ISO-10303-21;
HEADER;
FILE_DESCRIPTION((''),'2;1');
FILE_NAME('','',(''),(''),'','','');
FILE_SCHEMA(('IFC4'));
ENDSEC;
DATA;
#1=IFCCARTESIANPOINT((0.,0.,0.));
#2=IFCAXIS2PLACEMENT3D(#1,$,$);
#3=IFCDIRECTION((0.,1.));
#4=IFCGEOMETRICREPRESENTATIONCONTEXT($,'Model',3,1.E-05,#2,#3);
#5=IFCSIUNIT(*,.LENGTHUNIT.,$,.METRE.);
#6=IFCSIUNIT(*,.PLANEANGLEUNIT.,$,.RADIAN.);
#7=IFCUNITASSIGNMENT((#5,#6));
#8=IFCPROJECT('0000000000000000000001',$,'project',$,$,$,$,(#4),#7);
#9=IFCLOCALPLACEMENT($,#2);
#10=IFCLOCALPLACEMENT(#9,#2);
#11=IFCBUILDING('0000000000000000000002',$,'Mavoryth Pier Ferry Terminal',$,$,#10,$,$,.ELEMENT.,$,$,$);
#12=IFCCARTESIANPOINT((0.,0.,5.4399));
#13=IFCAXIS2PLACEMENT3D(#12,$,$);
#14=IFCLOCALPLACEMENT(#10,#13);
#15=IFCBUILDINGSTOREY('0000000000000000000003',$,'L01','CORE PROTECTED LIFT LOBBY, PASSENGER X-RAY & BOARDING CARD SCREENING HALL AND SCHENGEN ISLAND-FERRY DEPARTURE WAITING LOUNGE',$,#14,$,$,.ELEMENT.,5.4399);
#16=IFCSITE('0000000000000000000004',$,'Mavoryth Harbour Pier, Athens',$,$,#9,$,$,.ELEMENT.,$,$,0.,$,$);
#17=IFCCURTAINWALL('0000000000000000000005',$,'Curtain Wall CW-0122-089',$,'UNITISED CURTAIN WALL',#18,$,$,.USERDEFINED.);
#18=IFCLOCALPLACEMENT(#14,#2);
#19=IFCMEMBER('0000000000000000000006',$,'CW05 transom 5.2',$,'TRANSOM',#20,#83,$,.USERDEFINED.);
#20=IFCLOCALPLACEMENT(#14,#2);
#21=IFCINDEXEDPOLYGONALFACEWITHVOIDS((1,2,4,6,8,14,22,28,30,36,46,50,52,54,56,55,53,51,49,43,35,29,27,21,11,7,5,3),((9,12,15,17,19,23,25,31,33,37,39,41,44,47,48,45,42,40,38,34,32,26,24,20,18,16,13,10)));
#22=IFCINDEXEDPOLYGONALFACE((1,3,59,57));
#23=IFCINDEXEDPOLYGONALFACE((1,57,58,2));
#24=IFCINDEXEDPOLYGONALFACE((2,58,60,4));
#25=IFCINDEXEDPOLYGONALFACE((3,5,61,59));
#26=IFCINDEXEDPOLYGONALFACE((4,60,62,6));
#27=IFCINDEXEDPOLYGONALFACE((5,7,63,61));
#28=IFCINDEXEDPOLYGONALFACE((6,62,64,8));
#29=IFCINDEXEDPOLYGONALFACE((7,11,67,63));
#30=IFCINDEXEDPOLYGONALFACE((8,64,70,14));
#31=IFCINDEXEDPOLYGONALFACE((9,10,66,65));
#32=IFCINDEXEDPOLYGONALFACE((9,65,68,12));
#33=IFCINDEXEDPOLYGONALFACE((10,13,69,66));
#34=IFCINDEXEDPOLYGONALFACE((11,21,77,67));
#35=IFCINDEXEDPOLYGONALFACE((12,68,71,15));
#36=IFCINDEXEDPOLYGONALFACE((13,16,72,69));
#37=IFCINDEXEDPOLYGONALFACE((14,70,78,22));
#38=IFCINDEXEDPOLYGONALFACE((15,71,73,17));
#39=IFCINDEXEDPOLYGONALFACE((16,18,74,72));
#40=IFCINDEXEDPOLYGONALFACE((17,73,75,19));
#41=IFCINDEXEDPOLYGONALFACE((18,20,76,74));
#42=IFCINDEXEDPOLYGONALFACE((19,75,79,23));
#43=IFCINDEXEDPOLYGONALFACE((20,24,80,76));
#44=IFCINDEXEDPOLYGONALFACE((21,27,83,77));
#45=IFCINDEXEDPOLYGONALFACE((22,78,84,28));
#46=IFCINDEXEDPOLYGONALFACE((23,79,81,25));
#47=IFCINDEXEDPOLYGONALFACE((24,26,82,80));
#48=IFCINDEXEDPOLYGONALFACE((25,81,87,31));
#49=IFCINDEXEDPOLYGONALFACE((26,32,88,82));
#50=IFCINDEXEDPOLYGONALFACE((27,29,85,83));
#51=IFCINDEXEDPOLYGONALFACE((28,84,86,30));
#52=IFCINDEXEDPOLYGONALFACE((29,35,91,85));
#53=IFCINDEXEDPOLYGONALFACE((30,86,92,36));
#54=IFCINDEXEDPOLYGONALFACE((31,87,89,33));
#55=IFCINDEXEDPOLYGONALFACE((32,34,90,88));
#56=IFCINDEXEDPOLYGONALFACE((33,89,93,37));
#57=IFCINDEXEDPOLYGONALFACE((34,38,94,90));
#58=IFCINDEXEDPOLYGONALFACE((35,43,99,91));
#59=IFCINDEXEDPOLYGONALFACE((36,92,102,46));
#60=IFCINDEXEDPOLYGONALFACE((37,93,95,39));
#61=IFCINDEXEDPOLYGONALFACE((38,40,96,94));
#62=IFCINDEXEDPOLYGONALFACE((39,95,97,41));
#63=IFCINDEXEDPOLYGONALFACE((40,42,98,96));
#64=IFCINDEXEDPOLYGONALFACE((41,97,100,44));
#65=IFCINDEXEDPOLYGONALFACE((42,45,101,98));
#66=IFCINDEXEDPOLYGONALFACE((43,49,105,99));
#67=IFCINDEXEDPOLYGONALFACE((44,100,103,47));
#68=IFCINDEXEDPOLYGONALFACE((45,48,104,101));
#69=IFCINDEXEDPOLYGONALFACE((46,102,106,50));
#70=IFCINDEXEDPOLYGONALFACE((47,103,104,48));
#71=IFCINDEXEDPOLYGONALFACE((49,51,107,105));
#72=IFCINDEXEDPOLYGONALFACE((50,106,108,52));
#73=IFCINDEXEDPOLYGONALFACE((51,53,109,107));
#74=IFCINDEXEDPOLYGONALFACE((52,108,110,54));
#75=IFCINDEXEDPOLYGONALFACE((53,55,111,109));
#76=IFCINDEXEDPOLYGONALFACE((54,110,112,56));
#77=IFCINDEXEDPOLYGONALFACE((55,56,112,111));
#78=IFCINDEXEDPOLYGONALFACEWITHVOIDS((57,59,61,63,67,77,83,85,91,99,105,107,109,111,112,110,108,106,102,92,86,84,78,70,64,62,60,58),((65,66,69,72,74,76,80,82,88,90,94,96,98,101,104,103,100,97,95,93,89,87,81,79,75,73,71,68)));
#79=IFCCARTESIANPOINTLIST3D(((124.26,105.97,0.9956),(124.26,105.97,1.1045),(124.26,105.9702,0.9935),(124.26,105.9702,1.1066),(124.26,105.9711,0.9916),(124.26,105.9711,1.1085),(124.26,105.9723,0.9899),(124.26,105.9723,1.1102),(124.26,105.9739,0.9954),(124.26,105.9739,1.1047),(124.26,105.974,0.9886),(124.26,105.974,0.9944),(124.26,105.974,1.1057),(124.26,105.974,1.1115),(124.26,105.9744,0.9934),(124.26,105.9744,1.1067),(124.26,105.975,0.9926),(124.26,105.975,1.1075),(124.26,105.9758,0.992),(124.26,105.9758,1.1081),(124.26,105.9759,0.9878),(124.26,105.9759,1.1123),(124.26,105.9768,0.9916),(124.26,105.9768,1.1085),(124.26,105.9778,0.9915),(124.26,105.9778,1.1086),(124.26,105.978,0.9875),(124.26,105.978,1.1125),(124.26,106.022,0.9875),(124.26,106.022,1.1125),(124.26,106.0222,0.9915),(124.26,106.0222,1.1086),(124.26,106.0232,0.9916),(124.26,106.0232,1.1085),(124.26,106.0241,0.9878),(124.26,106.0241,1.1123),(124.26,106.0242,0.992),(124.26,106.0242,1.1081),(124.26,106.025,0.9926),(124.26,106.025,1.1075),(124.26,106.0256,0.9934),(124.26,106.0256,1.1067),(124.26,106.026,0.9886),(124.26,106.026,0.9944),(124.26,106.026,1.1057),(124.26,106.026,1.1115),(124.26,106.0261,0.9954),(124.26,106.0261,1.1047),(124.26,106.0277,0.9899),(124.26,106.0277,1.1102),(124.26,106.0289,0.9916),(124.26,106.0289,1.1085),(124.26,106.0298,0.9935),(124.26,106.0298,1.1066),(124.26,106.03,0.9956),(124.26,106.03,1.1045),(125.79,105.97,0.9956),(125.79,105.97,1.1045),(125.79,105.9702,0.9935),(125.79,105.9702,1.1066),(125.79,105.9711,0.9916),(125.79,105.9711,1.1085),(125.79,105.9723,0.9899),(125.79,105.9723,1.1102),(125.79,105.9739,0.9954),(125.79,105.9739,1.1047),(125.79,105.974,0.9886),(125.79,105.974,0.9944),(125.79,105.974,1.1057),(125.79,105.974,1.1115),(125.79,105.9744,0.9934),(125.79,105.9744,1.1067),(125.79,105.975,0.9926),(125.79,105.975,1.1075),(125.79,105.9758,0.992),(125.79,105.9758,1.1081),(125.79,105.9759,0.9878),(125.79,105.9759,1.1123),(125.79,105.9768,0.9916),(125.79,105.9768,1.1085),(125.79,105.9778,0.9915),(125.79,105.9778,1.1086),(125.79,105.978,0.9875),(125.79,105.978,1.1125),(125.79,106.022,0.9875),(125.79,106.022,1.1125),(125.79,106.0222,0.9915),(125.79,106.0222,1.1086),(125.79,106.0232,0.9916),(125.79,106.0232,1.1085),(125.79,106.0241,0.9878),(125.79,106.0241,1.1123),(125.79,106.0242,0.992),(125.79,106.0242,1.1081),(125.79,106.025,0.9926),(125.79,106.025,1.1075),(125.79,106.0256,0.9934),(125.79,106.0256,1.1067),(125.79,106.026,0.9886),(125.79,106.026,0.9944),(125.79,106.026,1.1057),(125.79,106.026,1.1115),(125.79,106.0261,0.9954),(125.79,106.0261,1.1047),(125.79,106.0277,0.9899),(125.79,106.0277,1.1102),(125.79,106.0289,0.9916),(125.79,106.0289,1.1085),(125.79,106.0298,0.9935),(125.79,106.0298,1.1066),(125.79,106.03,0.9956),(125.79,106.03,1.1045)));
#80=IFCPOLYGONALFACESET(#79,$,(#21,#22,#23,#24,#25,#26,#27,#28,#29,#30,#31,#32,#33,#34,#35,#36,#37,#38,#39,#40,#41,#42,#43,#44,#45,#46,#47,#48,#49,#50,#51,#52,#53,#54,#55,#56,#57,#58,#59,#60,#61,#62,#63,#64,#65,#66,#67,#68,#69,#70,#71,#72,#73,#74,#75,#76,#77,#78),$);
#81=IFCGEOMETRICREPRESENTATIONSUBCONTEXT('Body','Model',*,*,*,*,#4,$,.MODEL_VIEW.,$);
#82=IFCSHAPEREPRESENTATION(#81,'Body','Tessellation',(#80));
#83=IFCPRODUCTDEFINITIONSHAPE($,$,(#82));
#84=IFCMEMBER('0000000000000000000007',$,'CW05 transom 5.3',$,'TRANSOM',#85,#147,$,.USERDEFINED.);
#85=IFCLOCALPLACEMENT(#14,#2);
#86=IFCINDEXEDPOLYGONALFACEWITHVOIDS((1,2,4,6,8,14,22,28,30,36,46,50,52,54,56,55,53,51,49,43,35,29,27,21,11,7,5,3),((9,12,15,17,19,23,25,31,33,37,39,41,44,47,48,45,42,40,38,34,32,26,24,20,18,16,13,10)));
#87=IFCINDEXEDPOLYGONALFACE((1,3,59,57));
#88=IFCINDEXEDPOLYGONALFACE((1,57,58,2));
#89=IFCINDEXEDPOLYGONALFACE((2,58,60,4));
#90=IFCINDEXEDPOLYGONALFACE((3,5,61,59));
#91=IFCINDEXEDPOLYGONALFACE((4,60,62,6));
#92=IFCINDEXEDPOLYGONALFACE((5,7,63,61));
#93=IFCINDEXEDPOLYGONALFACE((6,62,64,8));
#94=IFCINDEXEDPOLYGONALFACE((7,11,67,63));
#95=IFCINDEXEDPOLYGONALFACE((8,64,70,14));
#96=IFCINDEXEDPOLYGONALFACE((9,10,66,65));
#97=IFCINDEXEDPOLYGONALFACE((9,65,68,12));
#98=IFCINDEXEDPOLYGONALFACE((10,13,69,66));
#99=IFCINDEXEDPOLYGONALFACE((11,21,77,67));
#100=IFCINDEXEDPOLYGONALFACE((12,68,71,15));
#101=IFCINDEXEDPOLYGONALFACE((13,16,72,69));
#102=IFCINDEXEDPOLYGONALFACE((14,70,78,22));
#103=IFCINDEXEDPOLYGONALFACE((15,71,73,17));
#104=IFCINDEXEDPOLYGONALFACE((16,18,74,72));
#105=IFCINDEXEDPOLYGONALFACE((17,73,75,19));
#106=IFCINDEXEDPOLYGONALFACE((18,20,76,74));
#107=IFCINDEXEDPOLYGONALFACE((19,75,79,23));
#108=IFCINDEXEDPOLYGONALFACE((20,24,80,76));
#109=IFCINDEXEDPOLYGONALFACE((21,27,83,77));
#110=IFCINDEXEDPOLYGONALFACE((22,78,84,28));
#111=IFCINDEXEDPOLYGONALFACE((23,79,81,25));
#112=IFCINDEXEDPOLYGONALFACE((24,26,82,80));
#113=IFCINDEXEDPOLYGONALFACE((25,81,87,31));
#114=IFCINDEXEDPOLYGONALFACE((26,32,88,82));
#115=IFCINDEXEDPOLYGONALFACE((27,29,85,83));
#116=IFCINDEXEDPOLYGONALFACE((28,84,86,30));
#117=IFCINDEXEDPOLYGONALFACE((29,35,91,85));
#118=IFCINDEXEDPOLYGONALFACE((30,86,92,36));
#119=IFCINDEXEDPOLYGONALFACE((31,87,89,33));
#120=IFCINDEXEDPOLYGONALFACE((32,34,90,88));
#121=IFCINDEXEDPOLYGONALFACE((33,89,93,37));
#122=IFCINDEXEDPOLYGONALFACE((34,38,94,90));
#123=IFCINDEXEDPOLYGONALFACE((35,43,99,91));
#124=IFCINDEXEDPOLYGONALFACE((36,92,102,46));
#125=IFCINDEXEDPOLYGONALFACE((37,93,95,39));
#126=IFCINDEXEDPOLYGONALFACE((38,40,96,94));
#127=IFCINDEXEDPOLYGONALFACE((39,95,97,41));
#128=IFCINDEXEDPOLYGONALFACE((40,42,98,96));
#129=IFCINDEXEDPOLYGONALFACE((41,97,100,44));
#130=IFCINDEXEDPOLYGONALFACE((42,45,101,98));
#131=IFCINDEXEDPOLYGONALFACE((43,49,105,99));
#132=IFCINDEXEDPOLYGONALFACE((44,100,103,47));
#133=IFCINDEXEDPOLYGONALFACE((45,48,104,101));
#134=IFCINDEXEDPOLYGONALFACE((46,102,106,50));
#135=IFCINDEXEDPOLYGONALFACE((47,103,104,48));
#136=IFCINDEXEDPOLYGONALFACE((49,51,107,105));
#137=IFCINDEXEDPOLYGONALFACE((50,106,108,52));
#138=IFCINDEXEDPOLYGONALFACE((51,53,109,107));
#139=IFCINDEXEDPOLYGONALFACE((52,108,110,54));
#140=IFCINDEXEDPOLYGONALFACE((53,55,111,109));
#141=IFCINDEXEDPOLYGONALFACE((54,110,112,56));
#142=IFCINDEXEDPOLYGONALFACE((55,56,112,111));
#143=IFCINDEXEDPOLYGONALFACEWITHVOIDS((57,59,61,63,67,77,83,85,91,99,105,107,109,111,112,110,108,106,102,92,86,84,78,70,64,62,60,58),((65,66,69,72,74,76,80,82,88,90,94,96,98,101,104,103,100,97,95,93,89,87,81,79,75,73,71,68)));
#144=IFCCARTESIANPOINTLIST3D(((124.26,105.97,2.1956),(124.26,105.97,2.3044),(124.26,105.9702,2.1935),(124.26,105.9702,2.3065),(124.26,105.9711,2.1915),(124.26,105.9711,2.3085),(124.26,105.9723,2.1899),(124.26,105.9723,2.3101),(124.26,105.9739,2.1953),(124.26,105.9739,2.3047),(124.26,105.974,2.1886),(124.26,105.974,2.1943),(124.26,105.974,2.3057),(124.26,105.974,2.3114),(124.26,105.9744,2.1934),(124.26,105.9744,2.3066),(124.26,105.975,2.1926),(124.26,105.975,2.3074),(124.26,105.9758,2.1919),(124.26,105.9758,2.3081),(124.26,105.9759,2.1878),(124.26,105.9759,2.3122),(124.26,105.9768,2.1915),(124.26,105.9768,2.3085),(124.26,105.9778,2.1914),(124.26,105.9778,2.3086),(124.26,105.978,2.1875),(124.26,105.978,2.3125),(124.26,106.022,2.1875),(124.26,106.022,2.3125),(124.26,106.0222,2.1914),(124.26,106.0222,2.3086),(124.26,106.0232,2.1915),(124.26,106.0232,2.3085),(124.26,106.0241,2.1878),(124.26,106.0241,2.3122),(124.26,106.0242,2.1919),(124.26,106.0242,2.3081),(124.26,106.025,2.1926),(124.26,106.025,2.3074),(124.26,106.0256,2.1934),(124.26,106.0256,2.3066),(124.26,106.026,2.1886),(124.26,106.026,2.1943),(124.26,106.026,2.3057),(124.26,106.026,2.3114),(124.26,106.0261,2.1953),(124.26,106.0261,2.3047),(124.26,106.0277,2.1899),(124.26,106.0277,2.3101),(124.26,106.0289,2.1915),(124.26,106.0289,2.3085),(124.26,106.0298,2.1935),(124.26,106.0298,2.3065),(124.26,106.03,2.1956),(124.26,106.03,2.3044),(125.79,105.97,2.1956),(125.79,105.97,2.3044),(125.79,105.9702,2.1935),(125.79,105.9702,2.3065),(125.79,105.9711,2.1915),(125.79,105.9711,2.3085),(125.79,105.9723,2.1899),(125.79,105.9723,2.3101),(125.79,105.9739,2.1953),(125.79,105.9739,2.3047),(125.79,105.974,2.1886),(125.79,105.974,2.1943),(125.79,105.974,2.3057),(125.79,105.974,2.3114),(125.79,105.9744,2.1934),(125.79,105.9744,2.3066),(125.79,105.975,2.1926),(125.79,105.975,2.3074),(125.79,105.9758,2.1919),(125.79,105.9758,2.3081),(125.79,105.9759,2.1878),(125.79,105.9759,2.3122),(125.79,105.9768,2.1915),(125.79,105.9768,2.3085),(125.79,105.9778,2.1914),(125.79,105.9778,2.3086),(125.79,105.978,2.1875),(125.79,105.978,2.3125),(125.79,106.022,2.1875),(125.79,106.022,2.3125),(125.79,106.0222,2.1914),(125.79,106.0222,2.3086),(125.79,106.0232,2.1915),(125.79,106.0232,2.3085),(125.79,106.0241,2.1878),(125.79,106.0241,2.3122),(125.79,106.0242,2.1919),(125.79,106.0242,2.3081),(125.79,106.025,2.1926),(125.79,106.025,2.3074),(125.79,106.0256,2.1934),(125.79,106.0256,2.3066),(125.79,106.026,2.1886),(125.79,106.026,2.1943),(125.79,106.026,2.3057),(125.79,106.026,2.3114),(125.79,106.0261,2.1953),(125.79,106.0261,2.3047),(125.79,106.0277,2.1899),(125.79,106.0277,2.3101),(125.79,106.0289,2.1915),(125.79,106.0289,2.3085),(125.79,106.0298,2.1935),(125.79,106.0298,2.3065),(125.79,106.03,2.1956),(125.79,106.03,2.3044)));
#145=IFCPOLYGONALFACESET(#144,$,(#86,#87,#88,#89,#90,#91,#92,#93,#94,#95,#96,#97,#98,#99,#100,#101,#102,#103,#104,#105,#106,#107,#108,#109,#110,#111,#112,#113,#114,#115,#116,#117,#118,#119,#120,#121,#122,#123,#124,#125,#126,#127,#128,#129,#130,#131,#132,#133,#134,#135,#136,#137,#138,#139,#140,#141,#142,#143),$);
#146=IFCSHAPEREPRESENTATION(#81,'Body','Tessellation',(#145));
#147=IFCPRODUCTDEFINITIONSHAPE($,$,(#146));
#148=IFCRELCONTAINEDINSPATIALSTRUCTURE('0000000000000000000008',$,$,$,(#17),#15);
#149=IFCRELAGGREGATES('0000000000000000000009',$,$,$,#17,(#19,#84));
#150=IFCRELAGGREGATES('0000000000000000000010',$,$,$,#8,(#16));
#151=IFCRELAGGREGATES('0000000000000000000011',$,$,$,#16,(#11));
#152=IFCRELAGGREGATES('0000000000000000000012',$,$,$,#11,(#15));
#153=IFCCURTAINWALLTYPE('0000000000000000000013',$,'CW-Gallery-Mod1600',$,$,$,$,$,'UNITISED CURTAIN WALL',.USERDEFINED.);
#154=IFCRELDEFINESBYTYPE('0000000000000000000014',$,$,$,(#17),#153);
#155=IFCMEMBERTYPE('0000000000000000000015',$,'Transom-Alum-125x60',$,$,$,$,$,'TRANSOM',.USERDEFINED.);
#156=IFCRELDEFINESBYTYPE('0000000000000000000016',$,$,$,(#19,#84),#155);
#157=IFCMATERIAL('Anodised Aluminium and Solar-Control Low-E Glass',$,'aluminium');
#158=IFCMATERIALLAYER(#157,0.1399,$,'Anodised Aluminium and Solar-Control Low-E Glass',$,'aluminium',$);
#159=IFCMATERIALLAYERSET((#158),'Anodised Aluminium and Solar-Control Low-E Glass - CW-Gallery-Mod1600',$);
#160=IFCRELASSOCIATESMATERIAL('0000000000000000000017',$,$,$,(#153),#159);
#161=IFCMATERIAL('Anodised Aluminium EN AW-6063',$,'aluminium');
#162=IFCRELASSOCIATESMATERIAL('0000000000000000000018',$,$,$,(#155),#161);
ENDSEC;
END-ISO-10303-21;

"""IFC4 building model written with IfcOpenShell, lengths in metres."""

from ifc_helpers import new_model, si_unit, direction, frame, origin, origin_2d, place, context, subcontext, project, spatial, hollow_rectangle, extrude, material, layer, layer_set, material_profile, profile_set, type_object, element, aggregate, save


model = new_model("IFC4")

# Units and contexts
model_context = context("Model", 3, precision=1e-05, world=origin(), true_north=direction((0.0, 1.0)))
body_context = subcontext(model_context, "Body", "Model", "MODEL_VIEW")
ifc_project = project(units=[si_unit("LENGTHUNIT", "METRE"), si_unit("PLANEANGLEUNIT", "RADIAN")], contexts=[model_context])

# Site, building, storey
site_placement = place(None, origin())
site = spatial("IfcSite", under=ifc_project, at=site_placement, Name="Mavoryth Harbour Pier, Athens", CompositionType="ELEMENT", RefElevation=0.0)
building_placement = place(site_placement, origin())
building = spatial("IfcBuilding", under=site, at=building_placement, Name="Mavoryth Pier Ferry Terminal", CompositionType="ELEMENT")
storey_placement = place(building_placement, frame((0.0, 0.0, 5.4399)))
storey = spatial("IfcBuildingStorey", under=building, at=storey_placement, Name="L01", Description="CORE PROTECTED LIFT LOBBY, PASSENGER X-RAY & BOARDING CARD SCREENING HALL AND SCHENGEN ISLAND-FERRY DEPARTURE WAITING LOUNGE", CompositionType="ELEMENT", Elevation=5.4399)

# Curtain wall, members
ifc_material_1 = material(Name="Anodised Aluminium and Solar-Control Low-E Glass", Category="aluminium")
ifc_layer_1 = layer(ifc_material_1, 0.1399, Name="Anodised Aluminium and Solar-Control Low-E Glass", Category="aluminium")
ifc_layer_set_1 = layer_set([ifc_layer_1], Name="Anodised Aluminium and Solar-Control Low-E Glass - CW-Gallery-Mod1600")
curtain_wall_type = type_object("IfcCurtainWallType", Name="CW-Gallery-Mod1600", ElementType="UNITISED CURTAIN WALL", PredefinedType="USERDEFINED", material=ifc_layer_set_1)
curtain_wall_1_placement = place(storey_placement, origin())
curtain_wall_1 = element("IfcCurtainWall", 1, at=curtain_wall_1_placement, inside=storey, type_object=curtain_wall_type, Name="Curtain Wall CW-0122-089", ObjectType="UNITISED CURTAIN WALL", PredefinedType="USERDEFINED")
ifc_material_2 = material(Name="Anodised Aluminium EN AW-6063", Category="aluminium")
ifc_material_profile_1 = material_profile(ifc_material_2, hollow_rectangle(XDim=0.0601, YDim=0.125, WallThickness=0.0039, InnerFilletRadius=0.0039, OuterFilletRadius=0.0081, at=origin_2d()), Name="AL-TRAN 125x60x4", Category="aluminium")
ifc_profile_set_1 = profile_set([ifc_material_profile_1], Name="Anodised Aluminium EN AW-6063 - AL-TRAN 125x60x4")
member_type_1 = type_object("IfcMemberType", Name="Transom-Alum-125x60", ElementType="TRANSOM", PredefinedType="USERDEFINED", material=ifc_profile_set_1)
member_1_placement = place(storey_placement, frame((124.26, 106.0, 1.05), z_axis=(1.0, 0.0, 0.0), x_axis=(0.0, 1.0, 0.0)))
member_1 = element("IfcMember", 2, at=member_1_placement, type_object=member_type_1, Name="CW05 transom 5.2", ObjectType="TRANSOM", PredefinedType="USERDEFINED", context=body_context, shape_type="SweptSolid", body=[
    extrude(hollow_rectangle(XDim=0.0601, YDim=0.125, WallThickness=0.0039, InnerFilletRadius=0.0039, OuterFilletRadius=0.0081, at=origin_2d()), origin(), (0.0, 0.0, 1.0), 1.53),
])
member_2_placement = place(storey_placement, frame((124.26, 106.0, 2.25), z_axis=(1.0, 0.0, 0.0), x_axis=(0.0, 1.0, 0.0)))
member_2 = element("IfcMember", 3, at=member_2_placement, type_object=member_type_1, Name="CW05 transom 5.3", ObjectType="TRANSOM", PredefinedType="USERDEFINED", context=body_context, shape_type="SweptSolid", body=[
    extrude(hollow_rectangle(XDim=0.0601, YDim=0.125, WallThickness=0.0039, InnerFilletRadius=0.0039, OuterFilletRadius=0.0081, at=origin_2d()), origin(), (0.0, 0.0, 1.0), 1.53),
])

aggregate(curtain_wall_1, [member_1, member_2])

save(model, "model.ifc")
